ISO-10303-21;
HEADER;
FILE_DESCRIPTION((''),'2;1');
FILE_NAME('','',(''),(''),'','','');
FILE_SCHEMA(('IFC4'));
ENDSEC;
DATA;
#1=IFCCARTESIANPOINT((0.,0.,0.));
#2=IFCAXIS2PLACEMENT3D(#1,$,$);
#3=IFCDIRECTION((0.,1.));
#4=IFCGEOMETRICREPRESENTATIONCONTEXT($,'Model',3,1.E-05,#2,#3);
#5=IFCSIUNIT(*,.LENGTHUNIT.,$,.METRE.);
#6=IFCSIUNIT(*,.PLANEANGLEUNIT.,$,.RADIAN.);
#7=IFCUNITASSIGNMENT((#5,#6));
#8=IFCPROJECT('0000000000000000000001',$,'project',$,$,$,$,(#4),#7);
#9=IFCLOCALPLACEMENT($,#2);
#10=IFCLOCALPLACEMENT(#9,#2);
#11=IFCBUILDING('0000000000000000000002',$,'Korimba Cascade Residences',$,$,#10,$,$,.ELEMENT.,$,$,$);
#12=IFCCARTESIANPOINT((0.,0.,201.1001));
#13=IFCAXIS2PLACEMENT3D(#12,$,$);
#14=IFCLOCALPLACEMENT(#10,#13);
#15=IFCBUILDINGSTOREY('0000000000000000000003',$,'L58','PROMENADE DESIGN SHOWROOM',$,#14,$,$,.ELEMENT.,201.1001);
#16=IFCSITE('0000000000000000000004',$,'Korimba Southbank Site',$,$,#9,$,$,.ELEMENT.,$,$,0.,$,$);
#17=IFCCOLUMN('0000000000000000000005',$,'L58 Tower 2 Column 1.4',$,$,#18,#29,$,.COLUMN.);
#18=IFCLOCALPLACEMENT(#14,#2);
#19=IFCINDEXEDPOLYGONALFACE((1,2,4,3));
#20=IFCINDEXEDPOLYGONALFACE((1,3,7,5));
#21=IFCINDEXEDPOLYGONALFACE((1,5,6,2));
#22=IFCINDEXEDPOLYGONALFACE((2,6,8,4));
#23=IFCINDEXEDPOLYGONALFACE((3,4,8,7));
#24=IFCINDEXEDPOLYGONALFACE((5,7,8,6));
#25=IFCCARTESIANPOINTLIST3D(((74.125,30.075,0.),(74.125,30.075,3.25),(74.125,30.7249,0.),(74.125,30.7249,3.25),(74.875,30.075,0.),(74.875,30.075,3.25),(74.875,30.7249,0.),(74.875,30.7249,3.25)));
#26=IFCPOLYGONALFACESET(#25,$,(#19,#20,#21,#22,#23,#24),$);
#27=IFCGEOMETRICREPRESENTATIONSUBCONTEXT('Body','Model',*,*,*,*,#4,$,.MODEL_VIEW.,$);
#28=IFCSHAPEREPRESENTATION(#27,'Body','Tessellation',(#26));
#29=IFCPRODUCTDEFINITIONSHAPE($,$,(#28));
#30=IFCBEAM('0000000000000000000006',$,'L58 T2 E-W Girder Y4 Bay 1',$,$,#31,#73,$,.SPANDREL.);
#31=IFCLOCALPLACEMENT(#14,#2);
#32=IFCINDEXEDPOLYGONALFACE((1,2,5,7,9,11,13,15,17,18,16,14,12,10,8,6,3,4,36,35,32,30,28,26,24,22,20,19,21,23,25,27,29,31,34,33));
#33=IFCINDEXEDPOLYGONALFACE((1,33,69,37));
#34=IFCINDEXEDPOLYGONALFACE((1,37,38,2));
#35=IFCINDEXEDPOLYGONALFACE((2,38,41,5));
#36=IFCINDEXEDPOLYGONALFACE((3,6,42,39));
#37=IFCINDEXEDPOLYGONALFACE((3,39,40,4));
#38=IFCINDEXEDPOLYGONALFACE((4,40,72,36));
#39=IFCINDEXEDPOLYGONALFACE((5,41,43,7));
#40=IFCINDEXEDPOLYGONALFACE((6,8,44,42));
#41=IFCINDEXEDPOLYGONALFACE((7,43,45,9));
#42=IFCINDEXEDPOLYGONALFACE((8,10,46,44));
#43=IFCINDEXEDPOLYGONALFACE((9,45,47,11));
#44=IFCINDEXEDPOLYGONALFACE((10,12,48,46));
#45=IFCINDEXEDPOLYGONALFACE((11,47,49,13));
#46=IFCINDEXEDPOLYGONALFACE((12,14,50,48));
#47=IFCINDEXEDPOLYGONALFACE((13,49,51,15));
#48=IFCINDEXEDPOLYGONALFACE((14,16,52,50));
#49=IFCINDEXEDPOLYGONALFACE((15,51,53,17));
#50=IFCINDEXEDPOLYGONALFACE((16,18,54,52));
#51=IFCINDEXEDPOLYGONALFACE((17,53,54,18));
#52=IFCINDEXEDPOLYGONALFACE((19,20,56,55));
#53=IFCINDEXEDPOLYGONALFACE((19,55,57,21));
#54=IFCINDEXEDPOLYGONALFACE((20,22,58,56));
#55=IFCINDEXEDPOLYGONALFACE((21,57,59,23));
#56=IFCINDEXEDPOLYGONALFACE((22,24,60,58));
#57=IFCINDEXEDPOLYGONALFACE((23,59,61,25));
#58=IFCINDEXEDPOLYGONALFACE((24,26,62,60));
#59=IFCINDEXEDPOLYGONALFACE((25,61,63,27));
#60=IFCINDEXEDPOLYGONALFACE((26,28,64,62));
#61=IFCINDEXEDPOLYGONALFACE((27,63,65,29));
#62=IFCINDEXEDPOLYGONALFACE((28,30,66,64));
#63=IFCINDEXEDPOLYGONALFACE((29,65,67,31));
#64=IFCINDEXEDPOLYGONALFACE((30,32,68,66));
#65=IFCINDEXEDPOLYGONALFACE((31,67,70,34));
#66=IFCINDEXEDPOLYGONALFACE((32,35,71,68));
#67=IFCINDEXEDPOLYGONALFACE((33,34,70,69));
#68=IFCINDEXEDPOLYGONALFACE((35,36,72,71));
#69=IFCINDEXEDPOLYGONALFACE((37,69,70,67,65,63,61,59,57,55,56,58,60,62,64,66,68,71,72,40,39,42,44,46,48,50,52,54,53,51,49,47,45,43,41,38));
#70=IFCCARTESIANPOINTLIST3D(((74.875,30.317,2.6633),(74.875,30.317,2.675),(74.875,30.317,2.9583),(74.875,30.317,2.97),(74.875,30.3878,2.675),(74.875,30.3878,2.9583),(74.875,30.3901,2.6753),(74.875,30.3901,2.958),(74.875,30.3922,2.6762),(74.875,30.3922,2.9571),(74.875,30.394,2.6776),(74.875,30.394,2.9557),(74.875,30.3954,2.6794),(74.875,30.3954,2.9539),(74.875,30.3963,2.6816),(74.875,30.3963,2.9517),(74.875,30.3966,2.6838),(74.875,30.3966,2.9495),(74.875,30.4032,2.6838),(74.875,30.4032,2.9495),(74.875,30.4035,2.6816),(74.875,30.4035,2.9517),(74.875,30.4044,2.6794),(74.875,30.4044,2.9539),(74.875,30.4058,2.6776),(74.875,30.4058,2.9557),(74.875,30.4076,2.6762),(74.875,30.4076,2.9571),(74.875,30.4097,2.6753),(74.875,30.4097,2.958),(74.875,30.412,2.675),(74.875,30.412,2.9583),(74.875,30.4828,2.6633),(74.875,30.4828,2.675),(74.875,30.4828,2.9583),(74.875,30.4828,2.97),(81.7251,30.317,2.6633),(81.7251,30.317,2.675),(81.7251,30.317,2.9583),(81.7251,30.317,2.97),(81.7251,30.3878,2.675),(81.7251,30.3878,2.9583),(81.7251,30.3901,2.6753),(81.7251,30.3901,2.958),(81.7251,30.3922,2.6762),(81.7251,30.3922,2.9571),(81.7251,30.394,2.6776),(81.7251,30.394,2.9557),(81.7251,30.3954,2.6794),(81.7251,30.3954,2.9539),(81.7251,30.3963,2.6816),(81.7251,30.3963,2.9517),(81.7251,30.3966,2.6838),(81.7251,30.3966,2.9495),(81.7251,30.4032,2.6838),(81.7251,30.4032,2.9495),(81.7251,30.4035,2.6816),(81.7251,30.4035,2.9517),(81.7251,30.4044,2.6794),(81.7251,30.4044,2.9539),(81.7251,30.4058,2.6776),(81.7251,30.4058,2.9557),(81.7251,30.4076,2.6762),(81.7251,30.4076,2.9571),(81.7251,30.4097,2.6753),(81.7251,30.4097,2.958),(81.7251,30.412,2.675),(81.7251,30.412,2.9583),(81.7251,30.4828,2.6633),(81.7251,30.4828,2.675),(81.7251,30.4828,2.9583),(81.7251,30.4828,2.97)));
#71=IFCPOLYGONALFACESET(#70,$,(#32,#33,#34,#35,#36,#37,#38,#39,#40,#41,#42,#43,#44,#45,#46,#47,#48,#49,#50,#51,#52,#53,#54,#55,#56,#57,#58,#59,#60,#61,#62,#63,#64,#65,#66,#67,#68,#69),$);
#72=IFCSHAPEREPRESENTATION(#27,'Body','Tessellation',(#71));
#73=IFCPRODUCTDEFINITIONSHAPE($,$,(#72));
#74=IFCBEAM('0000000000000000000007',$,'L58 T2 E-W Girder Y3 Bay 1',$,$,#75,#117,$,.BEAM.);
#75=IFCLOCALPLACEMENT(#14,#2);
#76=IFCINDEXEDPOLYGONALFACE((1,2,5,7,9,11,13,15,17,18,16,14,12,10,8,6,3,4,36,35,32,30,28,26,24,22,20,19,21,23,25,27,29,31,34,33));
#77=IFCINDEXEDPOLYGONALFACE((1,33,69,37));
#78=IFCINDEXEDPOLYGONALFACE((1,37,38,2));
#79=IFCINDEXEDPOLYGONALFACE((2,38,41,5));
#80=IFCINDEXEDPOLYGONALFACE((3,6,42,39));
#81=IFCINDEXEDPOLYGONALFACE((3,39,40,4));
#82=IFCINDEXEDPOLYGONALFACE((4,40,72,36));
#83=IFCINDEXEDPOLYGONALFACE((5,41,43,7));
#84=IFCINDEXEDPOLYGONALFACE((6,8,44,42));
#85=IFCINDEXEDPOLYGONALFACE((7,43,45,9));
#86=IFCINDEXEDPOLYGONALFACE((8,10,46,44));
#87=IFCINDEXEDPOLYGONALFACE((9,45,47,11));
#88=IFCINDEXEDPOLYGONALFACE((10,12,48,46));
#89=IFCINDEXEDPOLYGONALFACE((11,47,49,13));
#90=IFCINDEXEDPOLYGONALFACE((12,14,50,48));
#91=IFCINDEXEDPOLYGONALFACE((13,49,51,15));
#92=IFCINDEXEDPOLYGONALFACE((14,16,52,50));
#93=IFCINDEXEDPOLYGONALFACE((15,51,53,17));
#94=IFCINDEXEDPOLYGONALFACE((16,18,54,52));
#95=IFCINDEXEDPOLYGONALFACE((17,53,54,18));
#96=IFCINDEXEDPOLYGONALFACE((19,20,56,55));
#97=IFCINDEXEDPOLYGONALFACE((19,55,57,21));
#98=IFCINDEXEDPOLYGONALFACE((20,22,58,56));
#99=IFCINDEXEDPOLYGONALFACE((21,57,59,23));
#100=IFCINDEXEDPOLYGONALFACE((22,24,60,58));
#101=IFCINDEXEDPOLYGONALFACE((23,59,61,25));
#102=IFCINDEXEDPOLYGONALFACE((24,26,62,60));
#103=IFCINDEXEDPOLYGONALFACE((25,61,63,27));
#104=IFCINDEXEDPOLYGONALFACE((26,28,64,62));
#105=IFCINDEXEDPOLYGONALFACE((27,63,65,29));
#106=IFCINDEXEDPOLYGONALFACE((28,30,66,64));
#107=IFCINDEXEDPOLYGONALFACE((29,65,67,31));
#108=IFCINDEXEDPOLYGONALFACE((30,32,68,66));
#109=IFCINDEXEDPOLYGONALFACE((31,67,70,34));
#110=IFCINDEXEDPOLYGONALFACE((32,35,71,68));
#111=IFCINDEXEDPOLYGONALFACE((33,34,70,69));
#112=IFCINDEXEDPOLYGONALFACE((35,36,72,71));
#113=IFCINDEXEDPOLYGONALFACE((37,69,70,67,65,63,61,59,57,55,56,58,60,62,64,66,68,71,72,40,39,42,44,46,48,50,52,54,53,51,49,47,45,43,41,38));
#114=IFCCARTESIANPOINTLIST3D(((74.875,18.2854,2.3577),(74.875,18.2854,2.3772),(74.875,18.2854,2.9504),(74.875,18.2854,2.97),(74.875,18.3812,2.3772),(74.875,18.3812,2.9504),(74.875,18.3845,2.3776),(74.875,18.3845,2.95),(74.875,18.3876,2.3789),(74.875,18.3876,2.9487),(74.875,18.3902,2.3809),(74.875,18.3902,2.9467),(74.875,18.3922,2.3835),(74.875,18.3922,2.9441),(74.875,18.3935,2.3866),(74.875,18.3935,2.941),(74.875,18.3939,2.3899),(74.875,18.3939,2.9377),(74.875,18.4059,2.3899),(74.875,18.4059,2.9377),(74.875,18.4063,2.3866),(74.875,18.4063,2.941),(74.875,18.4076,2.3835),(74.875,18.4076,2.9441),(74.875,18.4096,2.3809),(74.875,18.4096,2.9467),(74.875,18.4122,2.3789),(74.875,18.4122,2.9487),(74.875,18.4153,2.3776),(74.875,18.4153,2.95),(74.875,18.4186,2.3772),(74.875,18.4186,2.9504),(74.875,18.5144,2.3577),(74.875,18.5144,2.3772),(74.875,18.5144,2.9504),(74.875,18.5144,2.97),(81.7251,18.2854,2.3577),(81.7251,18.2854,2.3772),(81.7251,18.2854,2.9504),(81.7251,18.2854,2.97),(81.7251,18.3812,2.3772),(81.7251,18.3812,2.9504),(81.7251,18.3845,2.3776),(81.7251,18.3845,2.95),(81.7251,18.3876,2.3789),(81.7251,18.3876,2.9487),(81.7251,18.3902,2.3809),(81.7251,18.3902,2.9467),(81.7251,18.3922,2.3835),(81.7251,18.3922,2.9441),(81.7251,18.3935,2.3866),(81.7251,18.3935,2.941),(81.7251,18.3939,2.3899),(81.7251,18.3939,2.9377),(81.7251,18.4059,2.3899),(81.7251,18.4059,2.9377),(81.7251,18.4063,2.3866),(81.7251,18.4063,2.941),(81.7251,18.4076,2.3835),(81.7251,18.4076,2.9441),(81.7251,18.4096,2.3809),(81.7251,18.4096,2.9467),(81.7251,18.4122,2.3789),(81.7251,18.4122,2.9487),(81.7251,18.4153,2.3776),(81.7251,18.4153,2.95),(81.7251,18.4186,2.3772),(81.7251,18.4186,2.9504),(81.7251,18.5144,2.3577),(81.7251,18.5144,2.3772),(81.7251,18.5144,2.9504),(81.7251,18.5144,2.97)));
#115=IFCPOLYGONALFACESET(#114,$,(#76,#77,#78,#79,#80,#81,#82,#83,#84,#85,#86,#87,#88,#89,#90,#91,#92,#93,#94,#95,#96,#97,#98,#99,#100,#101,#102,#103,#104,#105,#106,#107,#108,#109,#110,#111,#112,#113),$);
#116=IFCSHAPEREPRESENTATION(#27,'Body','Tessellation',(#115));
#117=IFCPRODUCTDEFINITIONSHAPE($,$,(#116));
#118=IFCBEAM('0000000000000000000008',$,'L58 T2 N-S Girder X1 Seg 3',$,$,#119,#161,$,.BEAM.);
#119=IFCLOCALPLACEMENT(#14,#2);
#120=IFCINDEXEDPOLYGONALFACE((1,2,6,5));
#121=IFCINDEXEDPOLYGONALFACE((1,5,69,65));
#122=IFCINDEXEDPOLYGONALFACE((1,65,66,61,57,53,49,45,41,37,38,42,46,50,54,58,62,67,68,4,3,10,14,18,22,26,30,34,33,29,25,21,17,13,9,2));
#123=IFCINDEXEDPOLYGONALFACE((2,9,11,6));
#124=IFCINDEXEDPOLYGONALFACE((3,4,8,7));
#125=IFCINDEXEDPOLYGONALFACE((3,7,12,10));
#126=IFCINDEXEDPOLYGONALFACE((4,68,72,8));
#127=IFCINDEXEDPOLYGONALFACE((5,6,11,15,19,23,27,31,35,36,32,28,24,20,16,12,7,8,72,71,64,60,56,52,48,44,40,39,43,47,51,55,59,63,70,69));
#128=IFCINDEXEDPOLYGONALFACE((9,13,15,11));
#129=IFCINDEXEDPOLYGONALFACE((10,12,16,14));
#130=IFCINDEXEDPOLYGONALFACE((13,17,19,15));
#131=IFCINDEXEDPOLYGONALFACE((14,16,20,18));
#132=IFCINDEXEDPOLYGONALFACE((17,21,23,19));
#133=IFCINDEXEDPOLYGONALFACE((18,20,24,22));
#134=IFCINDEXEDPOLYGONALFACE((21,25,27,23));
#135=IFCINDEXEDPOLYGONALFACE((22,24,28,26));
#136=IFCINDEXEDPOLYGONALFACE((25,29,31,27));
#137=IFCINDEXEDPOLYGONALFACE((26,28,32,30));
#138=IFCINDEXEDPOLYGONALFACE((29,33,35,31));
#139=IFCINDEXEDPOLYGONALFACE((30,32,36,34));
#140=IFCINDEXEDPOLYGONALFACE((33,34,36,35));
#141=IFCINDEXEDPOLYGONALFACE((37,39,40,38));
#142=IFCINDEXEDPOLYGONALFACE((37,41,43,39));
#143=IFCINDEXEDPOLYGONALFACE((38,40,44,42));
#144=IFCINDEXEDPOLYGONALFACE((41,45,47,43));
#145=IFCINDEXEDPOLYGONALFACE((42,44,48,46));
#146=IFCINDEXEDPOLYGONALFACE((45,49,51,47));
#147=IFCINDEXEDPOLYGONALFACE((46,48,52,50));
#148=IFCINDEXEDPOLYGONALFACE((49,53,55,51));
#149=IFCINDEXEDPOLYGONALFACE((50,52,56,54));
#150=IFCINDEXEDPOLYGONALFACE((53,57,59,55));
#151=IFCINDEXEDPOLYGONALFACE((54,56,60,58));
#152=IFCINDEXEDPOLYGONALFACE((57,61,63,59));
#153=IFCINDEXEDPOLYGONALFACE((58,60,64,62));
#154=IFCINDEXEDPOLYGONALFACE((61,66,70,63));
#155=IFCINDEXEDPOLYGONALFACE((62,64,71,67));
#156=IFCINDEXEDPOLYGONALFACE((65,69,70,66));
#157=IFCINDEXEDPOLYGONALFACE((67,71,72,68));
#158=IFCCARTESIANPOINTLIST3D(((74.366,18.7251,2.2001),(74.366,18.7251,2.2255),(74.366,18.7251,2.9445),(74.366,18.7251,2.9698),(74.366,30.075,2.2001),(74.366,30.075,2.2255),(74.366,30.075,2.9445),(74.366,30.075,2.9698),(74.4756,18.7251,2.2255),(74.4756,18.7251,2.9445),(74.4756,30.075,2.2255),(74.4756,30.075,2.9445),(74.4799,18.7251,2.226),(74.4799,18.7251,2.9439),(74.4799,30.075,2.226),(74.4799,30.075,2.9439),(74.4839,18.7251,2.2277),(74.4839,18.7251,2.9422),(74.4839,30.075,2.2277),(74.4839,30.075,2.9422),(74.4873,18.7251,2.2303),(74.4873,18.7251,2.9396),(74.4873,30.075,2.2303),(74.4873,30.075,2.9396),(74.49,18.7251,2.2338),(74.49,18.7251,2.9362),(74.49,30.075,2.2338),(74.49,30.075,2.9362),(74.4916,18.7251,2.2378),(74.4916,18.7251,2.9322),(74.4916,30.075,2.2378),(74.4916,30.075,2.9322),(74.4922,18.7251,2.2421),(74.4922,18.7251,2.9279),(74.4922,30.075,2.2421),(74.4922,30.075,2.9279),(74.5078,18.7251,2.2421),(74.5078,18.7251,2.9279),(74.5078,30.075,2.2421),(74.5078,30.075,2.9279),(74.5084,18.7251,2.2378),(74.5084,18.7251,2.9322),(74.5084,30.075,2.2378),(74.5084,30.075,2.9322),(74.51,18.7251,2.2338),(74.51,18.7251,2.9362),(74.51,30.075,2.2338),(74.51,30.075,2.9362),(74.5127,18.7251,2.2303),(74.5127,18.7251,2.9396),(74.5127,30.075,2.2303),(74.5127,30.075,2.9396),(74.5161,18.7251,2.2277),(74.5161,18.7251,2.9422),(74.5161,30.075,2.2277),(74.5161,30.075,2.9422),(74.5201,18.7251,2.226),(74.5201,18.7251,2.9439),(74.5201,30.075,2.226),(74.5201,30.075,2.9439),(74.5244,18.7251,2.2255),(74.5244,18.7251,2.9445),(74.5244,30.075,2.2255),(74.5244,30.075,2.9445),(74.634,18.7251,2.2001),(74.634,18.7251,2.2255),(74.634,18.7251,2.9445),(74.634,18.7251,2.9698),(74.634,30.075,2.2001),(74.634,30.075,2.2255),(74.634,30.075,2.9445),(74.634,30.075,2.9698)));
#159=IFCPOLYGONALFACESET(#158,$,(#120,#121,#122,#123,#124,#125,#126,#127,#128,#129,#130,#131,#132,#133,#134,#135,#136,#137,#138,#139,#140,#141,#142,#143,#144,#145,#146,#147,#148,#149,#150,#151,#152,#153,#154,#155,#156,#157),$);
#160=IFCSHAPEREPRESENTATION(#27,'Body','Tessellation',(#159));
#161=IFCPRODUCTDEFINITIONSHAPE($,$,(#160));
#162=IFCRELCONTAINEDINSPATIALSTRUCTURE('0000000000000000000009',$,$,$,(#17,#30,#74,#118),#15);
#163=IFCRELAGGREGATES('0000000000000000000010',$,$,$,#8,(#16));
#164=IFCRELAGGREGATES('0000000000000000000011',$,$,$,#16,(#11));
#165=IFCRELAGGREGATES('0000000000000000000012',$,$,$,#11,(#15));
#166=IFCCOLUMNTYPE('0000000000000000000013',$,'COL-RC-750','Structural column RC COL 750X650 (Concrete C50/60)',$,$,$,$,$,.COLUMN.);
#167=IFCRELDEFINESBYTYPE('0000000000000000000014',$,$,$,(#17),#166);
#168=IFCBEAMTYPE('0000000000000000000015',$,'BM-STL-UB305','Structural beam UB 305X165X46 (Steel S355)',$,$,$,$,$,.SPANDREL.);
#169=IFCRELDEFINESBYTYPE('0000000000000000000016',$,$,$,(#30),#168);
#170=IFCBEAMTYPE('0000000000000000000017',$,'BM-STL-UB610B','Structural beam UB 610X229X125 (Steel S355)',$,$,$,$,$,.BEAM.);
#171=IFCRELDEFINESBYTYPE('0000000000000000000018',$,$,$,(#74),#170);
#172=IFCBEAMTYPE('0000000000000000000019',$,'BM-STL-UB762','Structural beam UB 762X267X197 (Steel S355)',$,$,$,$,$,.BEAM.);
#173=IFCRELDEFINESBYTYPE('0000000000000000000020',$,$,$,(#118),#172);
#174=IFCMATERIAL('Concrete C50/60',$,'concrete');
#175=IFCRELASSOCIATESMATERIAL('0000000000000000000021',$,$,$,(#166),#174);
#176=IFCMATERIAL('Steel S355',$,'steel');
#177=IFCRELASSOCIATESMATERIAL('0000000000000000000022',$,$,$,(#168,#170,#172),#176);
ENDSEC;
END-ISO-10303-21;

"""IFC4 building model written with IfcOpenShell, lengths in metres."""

from ifc_helpers import new_model, si_unit, direction, frame, origin, origin_2d, place, context, subcontext, project, spatial, rectangle, i_section, extrude, material, material_profile, profile_set, type_object, element, save


model = new_model("IFC4")

# Units and contexts
model_context = context("Model", 3, precision=1e-05, world=origin(), true_north=direction((0.0, 1.0)))
body_context = subcontext(model_context, "Body", "Model", "MODEL_VIEW")
ifc_project = project(units=[si_unit("LENGTHUNIT", "METRE"), si_unit("PLANEANGLEUNIT", "RADIAN")], contexts=[model_context])

# Site, building, storey
site_placement = place(None, origin())
site = spatial("IfcSite", under=ifc_project, at=site_placement, Name="Korimba Southbank Site", CompositionType="ELEMENT", RefElevation=0.0)
building_placement = place(site_placement, origin())
building = spatial("IfcBuilding", under=site, at=building_placement, Name="Korimba Cascade Residences", CompositionType="ELEMENT")
storey_placement = place(building_placement, frame((0.0, 0.0, 201.1001)))
storey = spatial("IfcBuildingStorey", under=building, at=storey_placement, Name="L58", Description="PROMENADE DESIGN SHOWROOM", CompositionType="ELEMENT", Elevation=201.1001)

# Column
ifc_material_1 = material(Name="Concrete C50/60", Category="concrete")
ifc_material_profile_1 = material_profile(ifc_material_1, rectangle(XDim=0.75, YDim=0.6499, at=origin_2d()), Name="Concrete C50/60")
ifc_profile_set_1 = profile_set([ifc_material_profile_1], Name="Concrete C50/60")
column_type = type_object("IfcColumnType", Name="COL-RC-750", Description="Structural column RC COL 750X650 (Concrete C50/60)", PredefinedType="COLUMN", material=ifc_profile_set_1)
column_placement = place(storey_placement, frame((74.5, 30.3999, 0.0), z_axis=(0.0, 0.0, 1.0), x_axis=(1.0, 0.0, 0.0)))
element("IfcColumn", 1, at=column_placement, inside=storey, type_object=column_type, Name="L58 Tower 2 Column 1.4", PredefinedType="COLUMN", context=body_context, shape_type="SweptSolid", body=[
    extrude(rectangle(XDim=0.75, YDim=0.6499, at=origin_2d()), origin(), (0.0, 0.0, 1.0), 3.25),
])

# Beams
ifc_material_2 = material(Name="Steel S355", Category="steel")
ifc_material_profile_2 = material_profile(ifc_material_2, i_section(OverallWidth=0.1658, OverallDepth=0.3066, WebThickness=0.0066, FlangeThickness=0.0117, FilletRadius=0.0088, at=origin_2d()), Name="Steel S355")
ifc_profile_set_2 = profile_set([ifc_material_profile_2], Name="Steel S355")
beam_type_1 = type_object("IfcBeamType", Name="BM-STL-UB305", Description="Structural beam UB 305X165X46 (Steel S355)", PredefinedType="SPANDREL", material=ifc_profile_set_2)
beam_1_placement = place(storey_placement, frame((74.875, 30.3999, 2.8167), z_axis=(1.0, 0.0, 0.0), x_axis=(0.0, 1.0, 0.0)))
element("IfcBeam", 2, at=beam_1_placement, inside=storey, type_object=beam_type_1, Name="L58 T2 E-W Girder Y4 Bay 1", PredefinedType="SPANDREL", context=body_context, shape_type="SweptSolid", body=[
    extrude(i_section(OverallWidth=0.1658, OverallDepth=0.3066, WebThickness=0.0066, FlangeThickness=0.0117, FilletRadius=0.0088, at=origin_2d()), origin(), (0.0, 0.0, 1.0), 6.8501),
])
ifc_material_profile_3 = material_profile(ifc_material_2, i_section(OverallWidth=0.229, OverallDepth=0.6123, WebThickness=0.012, FlangeThickness=0.0195, FilletRadius=0.0127, at=origin_2d()), Name="Steel S355")
ifc_profile_set_3 = profile_set([ifc_material_profile_3], Name="Steel S355")
beam_type_2 = type_object("IfcBeamType", Name="BM-STL-UB610B", Description="Structural beam UB 610X229X125 (Steel S355)", PredefinedType="BEAM", material=ifc_profile_set_3)
beam_2_placement = place(storey_placement, frame((74.875, 18.3999, 2.6638), z_axis=(1.0, 0.0, 0.0), x_axis=(0.0, 1.0, 0.0)))
element("IfcBeam", 3, at=beam_2_placement, inside=storey, type_object=beam_type_2, Name="L58 T2 E-W Girder Y3 Bay 1", PredefinedType="BEAM", context=body_context, shape_type="SweptSolid", body=[
    extrude(i_section(OverallWidth=0.229, OverallDepth=0.6123, WebThickness=0.012, FlangeThickness=0.0195, FilletRadius=0.0127, at=origin_2d()), origin(), (0.0, 0.0, 1.0), 6.8501),
])
ifc_material_profile_4 = material_profile(ifc_material_2, i_section(OverallWidth=0.2681, OverallDepth=0.7698, WebThickness=0.0156, FlangeThickness=0.0254, FilletRadius=0.0166, at=origin_2d()), Name="Steel S355")
ifc_profile_set_4 = profile_set([ifc_material_profile_4], Name="Steel S355")
beam_type_3 = type_object("IfcBeamType", Name="BM-STL-UB762", Description="Structural beam UB 762X267X197 (Steel S355)", PredefinedType="BEAM", material=ifc_profile_set_4)
beam_3_placement = place(storey_placement, frame((74.5, 18.7251, 2.585), z_axis=(0.0, 1.0, 0.0), x_axis=(-1.0, 0.0, 0.0)))
element("IfcBeam", 4, at=beam_3_placement, inside=storey, type_object=beam_type_3, Name="L58 T2 N-S Girder X1 Seg 3", PredefinedType="BEAM", context=body_context, shape_type="SweptSolid", body=[
    extrude(i_section(OverallWidth=0.2681, OverallDepth=0.7698, WebThickness=0.0156, FlangeThickness=0.0254, FilletRadius=0.0166, at=origin_2d()), origin(), (0.0, 0.0, 1.0), 11.3499),
])

save(model, "model.ifc")
